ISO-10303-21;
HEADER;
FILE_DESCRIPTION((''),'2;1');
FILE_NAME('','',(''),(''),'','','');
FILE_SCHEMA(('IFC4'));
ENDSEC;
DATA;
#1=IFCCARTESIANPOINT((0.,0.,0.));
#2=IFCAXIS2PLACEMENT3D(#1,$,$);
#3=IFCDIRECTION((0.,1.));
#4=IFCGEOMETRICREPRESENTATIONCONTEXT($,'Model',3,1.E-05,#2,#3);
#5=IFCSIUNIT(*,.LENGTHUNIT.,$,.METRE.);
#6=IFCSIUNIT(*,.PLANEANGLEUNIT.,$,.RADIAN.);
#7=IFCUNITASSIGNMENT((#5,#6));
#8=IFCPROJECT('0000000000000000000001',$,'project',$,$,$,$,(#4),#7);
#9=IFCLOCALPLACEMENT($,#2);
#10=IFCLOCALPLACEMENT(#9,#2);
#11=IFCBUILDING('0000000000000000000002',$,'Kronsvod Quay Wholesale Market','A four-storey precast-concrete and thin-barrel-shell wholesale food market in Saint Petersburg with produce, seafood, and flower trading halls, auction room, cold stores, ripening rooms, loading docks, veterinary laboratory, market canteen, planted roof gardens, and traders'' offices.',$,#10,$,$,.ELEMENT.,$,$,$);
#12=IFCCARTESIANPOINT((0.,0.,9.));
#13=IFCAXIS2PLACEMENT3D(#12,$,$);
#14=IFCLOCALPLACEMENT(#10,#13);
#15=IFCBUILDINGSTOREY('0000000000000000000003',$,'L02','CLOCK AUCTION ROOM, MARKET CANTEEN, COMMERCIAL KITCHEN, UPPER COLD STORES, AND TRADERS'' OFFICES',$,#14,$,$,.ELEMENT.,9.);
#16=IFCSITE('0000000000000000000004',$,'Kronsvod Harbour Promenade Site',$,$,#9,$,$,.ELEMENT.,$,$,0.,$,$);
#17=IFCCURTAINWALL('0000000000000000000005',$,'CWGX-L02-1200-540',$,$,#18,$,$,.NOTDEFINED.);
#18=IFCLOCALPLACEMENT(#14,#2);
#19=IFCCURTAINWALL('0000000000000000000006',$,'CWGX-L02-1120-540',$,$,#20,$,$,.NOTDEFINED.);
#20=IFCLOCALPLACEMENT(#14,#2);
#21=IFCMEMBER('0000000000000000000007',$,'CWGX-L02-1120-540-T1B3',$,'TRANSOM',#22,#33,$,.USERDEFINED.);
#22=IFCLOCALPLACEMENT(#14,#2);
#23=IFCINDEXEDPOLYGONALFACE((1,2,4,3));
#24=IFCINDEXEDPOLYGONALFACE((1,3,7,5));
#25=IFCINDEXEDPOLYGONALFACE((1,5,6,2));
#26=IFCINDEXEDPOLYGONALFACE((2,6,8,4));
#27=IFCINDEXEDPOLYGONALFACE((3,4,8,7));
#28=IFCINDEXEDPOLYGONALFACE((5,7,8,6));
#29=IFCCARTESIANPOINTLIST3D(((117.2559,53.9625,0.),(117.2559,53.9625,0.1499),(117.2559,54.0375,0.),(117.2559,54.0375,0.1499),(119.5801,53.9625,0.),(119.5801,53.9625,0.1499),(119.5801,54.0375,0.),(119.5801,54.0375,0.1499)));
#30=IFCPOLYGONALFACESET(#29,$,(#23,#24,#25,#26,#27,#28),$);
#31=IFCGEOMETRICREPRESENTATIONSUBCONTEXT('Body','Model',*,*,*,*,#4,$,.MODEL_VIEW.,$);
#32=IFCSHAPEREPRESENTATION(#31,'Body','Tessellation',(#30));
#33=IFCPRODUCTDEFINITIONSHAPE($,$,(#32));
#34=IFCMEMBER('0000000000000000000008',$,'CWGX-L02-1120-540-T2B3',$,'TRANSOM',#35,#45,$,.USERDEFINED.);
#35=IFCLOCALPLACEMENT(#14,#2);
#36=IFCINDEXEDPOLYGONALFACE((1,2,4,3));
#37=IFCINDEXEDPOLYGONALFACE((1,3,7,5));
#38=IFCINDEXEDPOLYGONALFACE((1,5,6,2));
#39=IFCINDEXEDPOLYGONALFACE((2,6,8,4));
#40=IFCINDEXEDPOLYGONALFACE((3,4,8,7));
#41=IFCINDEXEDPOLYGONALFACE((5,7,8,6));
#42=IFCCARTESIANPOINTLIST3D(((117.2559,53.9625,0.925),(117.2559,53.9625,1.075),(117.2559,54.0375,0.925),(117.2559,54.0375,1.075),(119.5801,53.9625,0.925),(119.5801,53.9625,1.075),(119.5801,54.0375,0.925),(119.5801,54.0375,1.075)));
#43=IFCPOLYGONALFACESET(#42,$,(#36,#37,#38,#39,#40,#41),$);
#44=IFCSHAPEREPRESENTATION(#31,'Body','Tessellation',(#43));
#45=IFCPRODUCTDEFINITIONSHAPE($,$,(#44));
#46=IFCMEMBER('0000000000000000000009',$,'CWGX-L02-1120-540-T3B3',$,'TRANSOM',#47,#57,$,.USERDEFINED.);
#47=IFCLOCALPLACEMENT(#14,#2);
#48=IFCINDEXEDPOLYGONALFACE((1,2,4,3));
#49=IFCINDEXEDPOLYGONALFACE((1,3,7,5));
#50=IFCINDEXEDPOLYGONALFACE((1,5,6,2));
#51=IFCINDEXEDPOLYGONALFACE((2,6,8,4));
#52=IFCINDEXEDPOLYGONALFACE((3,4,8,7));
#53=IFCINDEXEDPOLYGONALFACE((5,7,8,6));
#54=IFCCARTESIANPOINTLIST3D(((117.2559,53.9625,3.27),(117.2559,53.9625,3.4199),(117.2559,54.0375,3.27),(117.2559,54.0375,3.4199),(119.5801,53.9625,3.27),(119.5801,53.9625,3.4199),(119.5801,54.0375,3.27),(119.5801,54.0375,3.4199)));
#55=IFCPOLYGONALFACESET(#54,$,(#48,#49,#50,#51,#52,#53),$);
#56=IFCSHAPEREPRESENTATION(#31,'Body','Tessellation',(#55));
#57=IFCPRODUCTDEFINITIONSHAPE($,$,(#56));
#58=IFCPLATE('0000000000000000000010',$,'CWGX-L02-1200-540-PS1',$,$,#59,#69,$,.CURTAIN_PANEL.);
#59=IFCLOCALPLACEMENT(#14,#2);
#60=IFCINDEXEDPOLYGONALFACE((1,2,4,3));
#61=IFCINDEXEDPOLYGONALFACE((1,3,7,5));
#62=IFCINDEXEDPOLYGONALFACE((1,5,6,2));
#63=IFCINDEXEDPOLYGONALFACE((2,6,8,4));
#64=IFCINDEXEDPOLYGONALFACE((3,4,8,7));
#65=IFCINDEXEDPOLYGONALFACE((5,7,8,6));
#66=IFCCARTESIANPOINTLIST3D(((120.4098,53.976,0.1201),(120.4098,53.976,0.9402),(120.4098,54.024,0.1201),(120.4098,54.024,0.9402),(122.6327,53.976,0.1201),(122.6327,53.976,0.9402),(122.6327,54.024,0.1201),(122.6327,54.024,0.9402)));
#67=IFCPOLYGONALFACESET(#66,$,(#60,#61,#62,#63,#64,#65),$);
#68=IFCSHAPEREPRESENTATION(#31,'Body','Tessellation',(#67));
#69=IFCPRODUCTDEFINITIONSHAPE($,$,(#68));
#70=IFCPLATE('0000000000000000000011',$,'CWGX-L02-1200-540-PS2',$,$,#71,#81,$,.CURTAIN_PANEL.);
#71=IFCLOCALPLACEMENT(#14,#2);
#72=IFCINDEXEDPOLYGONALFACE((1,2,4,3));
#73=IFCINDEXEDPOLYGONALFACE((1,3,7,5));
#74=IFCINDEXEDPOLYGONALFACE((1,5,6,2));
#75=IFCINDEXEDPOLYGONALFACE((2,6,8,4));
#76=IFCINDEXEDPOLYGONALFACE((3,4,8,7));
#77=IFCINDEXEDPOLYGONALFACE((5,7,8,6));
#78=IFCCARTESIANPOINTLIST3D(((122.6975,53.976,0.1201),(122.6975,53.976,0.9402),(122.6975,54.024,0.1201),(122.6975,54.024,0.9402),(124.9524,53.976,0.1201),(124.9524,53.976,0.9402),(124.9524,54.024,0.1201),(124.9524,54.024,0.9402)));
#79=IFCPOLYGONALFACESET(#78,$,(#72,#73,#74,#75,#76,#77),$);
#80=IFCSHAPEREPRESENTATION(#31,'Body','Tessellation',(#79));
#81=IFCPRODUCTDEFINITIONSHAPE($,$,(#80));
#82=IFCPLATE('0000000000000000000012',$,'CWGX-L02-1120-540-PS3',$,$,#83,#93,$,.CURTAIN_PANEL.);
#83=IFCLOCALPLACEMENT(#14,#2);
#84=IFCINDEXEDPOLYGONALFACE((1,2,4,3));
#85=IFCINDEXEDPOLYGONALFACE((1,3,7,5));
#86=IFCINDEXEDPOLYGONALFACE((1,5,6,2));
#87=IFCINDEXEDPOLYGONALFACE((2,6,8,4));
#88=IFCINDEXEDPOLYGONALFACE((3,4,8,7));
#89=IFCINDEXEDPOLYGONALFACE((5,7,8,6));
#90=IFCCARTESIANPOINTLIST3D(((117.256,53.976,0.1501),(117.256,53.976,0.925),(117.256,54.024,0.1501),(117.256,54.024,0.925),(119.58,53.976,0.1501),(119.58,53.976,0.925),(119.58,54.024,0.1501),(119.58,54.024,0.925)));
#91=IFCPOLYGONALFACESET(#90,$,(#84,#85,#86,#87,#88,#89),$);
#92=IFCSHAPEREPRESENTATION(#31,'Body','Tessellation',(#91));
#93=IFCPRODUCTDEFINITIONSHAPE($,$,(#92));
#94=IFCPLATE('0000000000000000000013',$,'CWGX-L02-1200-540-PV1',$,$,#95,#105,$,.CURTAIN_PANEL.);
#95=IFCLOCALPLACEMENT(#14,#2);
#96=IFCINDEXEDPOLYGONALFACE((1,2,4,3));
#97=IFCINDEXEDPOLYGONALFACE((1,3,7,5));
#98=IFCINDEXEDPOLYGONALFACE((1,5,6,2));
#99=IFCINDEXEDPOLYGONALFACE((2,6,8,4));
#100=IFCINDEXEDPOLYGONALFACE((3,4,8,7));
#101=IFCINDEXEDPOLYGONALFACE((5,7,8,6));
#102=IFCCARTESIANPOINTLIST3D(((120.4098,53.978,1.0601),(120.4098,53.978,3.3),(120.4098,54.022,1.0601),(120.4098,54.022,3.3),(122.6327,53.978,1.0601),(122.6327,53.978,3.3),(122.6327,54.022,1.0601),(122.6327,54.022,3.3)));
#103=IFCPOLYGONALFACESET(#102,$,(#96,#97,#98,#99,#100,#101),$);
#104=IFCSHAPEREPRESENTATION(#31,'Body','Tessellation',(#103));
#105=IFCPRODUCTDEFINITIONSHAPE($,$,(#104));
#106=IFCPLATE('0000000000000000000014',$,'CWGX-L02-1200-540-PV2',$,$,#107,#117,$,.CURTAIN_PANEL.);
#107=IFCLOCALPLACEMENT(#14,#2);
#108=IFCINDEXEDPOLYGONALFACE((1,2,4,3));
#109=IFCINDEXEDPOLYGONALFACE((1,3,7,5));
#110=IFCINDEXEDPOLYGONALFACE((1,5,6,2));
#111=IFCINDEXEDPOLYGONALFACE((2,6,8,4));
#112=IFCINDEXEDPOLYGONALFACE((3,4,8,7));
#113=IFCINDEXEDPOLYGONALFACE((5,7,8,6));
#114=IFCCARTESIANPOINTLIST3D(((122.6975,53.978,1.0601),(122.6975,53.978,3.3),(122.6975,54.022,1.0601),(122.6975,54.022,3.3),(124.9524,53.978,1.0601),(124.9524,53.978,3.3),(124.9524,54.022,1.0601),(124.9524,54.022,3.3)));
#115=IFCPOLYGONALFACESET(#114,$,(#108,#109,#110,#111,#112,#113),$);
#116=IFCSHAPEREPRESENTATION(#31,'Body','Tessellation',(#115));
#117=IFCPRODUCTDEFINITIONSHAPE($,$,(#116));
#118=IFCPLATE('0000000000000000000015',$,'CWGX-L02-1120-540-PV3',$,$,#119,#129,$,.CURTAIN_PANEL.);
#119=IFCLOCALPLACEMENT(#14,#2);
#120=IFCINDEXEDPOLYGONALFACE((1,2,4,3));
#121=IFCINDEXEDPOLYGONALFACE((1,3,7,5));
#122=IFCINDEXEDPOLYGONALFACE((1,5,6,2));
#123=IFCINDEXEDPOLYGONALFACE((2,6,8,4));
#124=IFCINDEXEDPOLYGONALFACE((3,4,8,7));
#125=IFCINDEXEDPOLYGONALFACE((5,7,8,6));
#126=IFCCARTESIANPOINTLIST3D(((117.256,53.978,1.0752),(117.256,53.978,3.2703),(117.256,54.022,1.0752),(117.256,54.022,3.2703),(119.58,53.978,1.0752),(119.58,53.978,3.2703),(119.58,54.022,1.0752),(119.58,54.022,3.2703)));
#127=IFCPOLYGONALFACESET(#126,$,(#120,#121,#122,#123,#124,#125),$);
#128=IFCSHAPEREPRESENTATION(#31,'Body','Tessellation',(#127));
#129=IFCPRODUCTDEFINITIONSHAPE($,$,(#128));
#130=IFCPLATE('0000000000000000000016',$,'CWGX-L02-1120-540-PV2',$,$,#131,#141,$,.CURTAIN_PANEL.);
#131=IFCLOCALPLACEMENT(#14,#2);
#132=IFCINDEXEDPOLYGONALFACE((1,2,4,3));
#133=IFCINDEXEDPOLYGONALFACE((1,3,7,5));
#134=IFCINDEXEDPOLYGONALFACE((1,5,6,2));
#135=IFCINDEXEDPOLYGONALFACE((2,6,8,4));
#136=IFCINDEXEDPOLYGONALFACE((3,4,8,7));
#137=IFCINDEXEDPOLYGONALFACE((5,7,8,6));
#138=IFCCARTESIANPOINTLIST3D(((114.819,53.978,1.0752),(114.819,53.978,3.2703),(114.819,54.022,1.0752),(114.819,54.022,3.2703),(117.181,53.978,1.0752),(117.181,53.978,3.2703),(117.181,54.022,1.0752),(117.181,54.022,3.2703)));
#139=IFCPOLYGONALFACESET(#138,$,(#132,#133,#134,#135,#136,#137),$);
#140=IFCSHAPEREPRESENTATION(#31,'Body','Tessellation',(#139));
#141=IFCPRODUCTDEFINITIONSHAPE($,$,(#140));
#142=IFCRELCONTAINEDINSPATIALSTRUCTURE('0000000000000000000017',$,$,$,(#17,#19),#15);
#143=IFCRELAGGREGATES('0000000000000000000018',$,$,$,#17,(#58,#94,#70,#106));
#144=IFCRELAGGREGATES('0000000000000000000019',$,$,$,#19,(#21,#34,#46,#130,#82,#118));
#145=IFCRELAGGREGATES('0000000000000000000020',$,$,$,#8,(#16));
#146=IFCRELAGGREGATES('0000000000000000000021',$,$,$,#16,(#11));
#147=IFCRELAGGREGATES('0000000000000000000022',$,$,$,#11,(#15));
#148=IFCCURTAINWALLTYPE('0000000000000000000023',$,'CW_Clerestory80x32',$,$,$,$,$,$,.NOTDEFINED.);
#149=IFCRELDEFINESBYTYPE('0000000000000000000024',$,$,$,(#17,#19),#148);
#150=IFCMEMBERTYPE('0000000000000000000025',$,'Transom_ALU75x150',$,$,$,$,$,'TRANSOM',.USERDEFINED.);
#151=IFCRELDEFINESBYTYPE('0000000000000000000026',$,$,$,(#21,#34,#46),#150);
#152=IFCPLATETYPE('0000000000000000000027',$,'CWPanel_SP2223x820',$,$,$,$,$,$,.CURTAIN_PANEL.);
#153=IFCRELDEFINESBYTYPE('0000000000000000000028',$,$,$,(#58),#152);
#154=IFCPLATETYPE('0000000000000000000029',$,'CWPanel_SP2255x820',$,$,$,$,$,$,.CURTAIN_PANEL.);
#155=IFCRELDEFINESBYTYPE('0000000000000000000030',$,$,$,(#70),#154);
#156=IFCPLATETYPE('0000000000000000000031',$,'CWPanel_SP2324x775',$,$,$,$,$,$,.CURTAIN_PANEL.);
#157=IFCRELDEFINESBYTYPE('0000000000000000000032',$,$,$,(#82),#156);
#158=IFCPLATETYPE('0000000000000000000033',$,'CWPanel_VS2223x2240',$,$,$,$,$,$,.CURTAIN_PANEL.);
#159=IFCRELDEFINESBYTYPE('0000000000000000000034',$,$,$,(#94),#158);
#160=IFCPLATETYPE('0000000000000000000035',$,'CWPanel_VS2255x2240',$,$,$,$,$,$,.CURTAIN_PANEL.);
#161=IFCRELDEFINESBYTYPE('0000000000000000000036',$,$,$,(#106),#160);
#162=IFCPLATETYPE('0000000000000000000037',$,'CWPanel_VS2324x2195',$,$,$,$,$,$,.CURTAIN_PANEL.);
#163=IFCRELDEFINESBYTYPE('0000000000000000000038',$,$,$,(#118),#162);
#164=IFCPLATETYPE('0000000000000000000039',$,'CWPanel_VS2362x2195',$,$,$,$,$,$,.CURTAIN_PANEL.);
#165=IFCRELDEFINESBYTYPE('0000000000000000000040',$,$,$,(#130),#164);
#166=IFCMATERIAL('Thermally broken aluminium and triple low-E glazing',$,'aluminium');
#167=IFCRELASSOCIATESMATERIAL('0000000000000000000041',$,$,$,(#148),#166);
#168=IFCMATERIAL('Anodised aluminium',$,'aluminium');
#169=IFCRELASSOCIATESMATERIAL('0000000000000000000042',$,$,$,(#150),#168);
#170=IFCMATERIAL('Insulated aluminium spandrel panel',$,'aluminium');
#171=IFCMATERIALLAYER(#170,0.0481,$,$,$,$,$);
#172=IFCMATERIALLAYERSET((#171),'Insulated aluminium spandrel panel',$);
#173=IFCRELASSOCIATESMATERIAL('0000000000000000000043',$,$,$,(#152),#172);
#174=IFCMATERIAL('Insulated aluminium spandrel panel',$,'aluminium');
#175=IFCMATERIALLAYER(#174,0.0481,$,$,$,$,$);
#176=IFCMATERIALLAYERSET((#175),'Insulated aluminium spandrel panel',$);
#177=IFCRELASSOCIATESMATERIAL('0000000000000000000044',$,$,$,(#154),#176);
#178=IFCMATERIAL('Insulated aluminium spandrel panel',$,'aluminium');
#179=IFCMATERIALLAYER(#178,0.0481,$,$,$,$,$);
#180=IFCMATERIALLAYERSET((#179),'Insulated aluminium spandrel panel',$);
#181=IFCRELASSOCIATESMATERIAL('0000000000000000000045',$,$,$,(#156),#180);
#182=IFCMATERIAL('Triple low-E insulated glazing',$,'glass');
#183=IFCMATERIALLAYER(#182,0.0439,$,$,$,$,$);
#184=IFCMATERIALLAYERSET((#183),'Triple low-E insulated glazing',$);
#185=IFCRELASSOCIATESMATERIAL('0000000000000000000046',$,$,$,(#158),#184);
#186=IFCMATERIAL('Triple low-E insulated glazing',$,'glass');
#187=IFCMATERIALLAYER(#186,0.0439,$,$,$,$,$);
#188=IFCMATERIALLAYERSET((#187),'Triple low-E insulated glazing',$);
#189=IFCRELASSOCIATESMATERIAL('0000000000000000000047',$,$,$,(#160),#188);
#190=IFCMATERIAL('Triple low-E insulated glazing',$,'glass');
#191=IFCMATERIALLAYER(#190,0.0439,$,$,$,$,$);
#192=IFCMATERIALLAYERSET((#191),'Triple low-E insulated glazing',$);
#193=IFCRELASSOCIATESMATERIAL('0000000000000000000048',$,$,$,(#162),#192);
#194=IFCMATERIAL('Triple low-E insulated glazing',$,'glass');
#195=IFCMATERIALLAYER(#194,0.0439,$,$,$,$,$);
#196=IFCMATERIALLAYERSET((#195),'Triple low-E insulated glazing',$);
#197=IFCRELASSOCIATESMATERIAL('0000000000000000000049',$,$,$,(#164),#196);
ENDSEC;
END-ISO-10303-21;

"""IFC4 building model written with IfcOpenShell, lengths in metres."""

from ifc_helpers import new_model, si_unit, direction, frame, origin, origin_2d, place, context, subcontext, project, spatial, rectangle, extrude, material, layer, layer_set, material_profile, profile_set, type_object, element, aggregate, save


model = new_model("IFC4")

# Units and contexts
model_context = context("Model", 3, precision=1e-05, world=origin(), true_north=direction((0.0, 1.0)))
body_context = subcontext(model_context, "Body", "Model", "MODEL_VIEW")
ifc_project = project(units=[si_unit("LENGTHUNIT", "METRE"), si_unit("PLANEANGLEUNIT", "RADIAN")], contexts=[model_context])

# Site, building, storey
site_placement = place(None, origin())
site = spatial("IfcSite", under=ifc_project, at=site_placement, Name="Kronsvod Harbour Promenade Site", CompositionType="ELEMENT", RefElevation=0.0)
building_placement = place(site_placement, origin())
building = spatial("IfcBuilding", under=site, at=building_placement, Name="Kronsvod Quay Wholesale Market", Description="A four-storey precast-concrete and thin-barrel-shell wholesale food market in Saint Petersburg with produce, seafood, and flower trading halls, auction room, cold stores, ripening rooms, loading docks, veterinary laboratory, market canteen, planted roof gardens, and traders' offices.", CompositionType="ELEMENT")
storey_placement = place(building_placement, frame((0.0, 0.0, 9.0)))
storey = spatial("IfcBuildingStorey", under=building, at=storey_placement, Name="L02", Description="CLOCK AUCTION ROOM, MARKET CANTEEN, COMMERCIAL KITCHEN, UPPER COLD STORES, AND TRADERS' OFFICES", CompositionType="ELEMENT", Elevation=9.0)

# Curtain walls
ifc_material_1 = material(Name="Thermally broken aluminium and triple low-E glazing", Category="aluminium")
curtain_wall_type = type_object("IfcCurtainWallType", Name="CW_Clerestory80x32", PredefinedType="NOTDEFINED", material=ifc_material_1)
curtain_wall_1_placement = place(storey_placement, origin())
curtain_wall_1 = element("IfcCurtainWall", 1, at=curtain_wall_1_placement, inside=storey, type_object=curtain_wall_type, Name="CWGX-L02-1200-540", PredefinedType="NOTDEFINED")
curtain_wall_2_placement = place(storey_placement, origin())
curtain_wall_2 = element("IfcCurtainWall", 2, at=curtain_wall_2_placement, inside=storey, type_object=curtain_wall_type, Name="CWGX-L02-1120-540", PredefinedType="NOTDEFINED")

# Members
ifc_material_2 = material(Name="Anodised aluminium", Category="aluminium")
ifc_material_profile_1 = material_profile(ifc_material_2, rectangle(XDim=0.075, YDim=0.1499, at=origin_2d()), Name="ALUT75x150")
ifc_profile_set_1 = profile_set([ifc_material_profile_1], Name="Anodised aluminium")
member_type_1 = type_object("IfcMemberType", Name="Transom_ALU75x150", ElementType="TRANSOM", PredefinedType="USERDEFINED", material=ifc_profile_set_1)
member_1_placement = place(storey_placement, frame((117.2559, 54.0, 0.075), z_axis=(1.0, 0.0, 0.0), x_axis=(0.0, 1.0, 0.0)))
member_1 = element("IfcMember", 3, at=member_1_placement, type_object=member_type_1, Name="CWGX-L02-1120-540-T1B3", ObjectType="TRANSOM", PredefinedType="USERDEFINED", context=body_context, shape_type="SweptSolid", body=[
    extrude(rectangle(XDim=0.075, YDim=0.1499, at=origin_2d()), origin(), (0.0, 0.0, 1.0), 2.3242),
])
member_2_placement = place(storey_placement, frame((117.2559, 54.0, 1.0), z_axis=(1.0, 0.0, 0.0), x_axis=(0.0, 1.0, 0.0)))
member_2 = element("IfcMember", 4, at=member_2_placement, type_object=member_type_1, Name="CWGX-L02-1120-540-T2B3", ObjectType="TRANSOM", PredefinedType="USERDEFINED", context=body_context, shape_type="SweptSolid", body=[
    extrude(rectangle(XDim=0.075, YDim=0.1499, at=origin_2d()), origin(), (0.0, 0.0, 1.0), 2.3242),
])
member_3_placement = place(storey_placement, frame((117.2559, 54.0, 3.345), z_axis=(1.0, 0.0, 0.0), x_axis=(0.0, 1.0, 0.0)))
member_3 = element("IfcMember", 5, at=member_3_placement, type_object=member_type_1, Name="CWGX-L02-1120-540-T3B3", ObjectType="TRANSOM", PredefinedType="USERDEFINED", context=body_context, shape_type="SweptSolid", body=[
    extrude(rectangle(XDim=0.075, YDim=0.1499, at=origin_2d()), origin(), (0.0, 0.0, 1.0), 2.3242),
])

# Plates
ifc_material_3 = material(Name="Insulated aluminium spandrel panel", Category="aluminium")
ifc_layer_1 = layer(ifc_material_3, 0.0481)
ifc_layer_set_1 = layer_set([ifc_layer_1], Name="Insulated aluminium spandrel panel")
plate_type_1 = type_object("IfcPlateType", Name="CWPanel_SP2223x820", PredefinedType="CURTAIN_PANEL", material=ifc_layer_set_1)
plate_1_placement = place(storey_placement, frame((121.5212, 54.0, 0.1201), z_axis=(0.0, 0.0, 1.0), x_axis=(1.0, 0.0, 0.0)))
plate_1 = element("IfcPlate", 6, at=plate_1_placement, type_object=plate_type_1, Name="CWGX-L02-1200-540-PS1", PredefinedType="CURTAIN_PANEL", context=body_context, shape_type="SweptSolid", body=[
    extrude(rectangle(XDim=2.2229, YDim=0.0481, at=origin_2d()), origin(), (0.0, 0.0, 1.0), 0.8201),
])
ifc_material_4 = material(Name="Insulated aluminium spandrel panel", Category="aluminium")
ifc_layer_2 = layer(ifc_material_4, 0.0481)
ifc_layer_set_2 = layer_set([ifc_layer_2], Name="Insulated aluminium spandrel panel")
plate_type_2 = type_object("IfcPlateType", Name="CWPanel_SP2255x820", PredefinedType="CURTAIN_PANEL", material=ifc_layer_set_2)
plate_2_placement = place(storey_placement, frame((123.825, 54.0, 0.1201), z_axis=(0.0, 0.0, 1.0), x_axis=(1.0, 0.0, 0.0)))
plate_2 = element("IfcPlate", 7, at=plate_2_placement, type_object=plate_type_2, Name="CWGX-L02-1200-540-PS2", PredefinedType="CURTAIN_PANEL", context=body_context, shape_type="SweptSolid", body=[
    extrude(rectangle(XDim=2.2549, YDim=0.0481, at=origin_2d()), origin(), (0.0, 0.0, 1.0), 0.8201),
])
ifc_material_5 = material(Name="Insulated aluminium spandrel panel", Category="aluminium")
ifc_layer_3 = layer(ifc_material_5, 0.0481)
ifc_layer_set_3 = layer_set([ifc_layer_3], Name="Insulated aluminium spandrel panel")
plate_type_3 = type_object("IfcPlateType", Name="CWPanel_SP2324x775", PredefinedType="CURTAIN_PANEL", material=ifc_layer_set_3)
plate_3_placement = place(storey_placement, frame((118.418, 54.0, 0.1501), z_axis=(0.0, 0.0, 1.0), x_axis=(1.0, 0.0, 0.0)))
plate_3 = element("IfcPlate", 8, at=plate_3_placement, type_object=plate_type_3, Name="CWGX-L02-1120-540-PS3", PredefinedType="CURTAIN_PANEL", context=body_context, shape_type="SweptSolid", body=[
    extrude(rectangle(XDim=2.324, YDim=0.0481, at=origin_2d()), origin(), (0.0, 0.0, 1.0), 0.7749),
])
ifc_material_6 = material(Name="Triple low-E insulated glazing", Category="glass")
ifc_layer_4 = layer(ifc_material_6, 0.0439)
ifc_layer_set_4 = layer_set([ifc_layer_4], Name="Triple low-E insulated glazing")
plate_type_4 = type_object("IfcPlateType", Name="CWPanel_VS2223x2240", PredefinedType="CURTAIN_PANEL", material=ifc_layer_set_4)
plate_4_placement = place(storey_placement, frame((121.5212, 54.0, 1.0601), z_axis=(0.0, 0.0, 1.0), x_axis=(1.0, 0.0, 0.0)))
plate_4 = element("IfcPlate", 9, at=plate_4_placement, type_object=plate_type_4, Name="CWGX-L02-1200-540-PV1", PredefinedType="CURTAIN_PANEL", context=body_context, shape_type="SweptSolid", body=[
    extrude(rectangle(XDim=2.2229, YDim=0.0439, at=origin_2d()), origin(), (0.0, 0.0, 1.0), 2.24),
])
ifc_material_7 = material(Name="Triple low-E insulated glazing", Category="glass")
ifc_layer_5 = layer(ifc_material_7, 0.0439)
ifc_layer_set_5 = layer_set([ifc_layer_5], Name="Triple low-E insulated glazing")
plate_type_5 = type_object("IfcPlateType", Name="CWPanel_VS2255x2240", PredefinedType="CURTAIN_PANEL", material=ifc_layer_set_5)
plate_5_placement = place(storey_placement, frame((123.825, 54.0, 1.0601), z_axis=(0.0, 0.0, 1.0), x_axis=(1.0, 0.0, 0.0)))
plate_5 = element("IfcPlate", 10, at=plate_5_placement, type_object=plate_type_5, Name="CWGX-L02-1200-540-PV2", PredefinedType="CURTAIN_PANEL", context=body_context, shape_type="SweptSolid", body=[
    extrude(rectangle(XDim=2.2549, YDim=0.0439, at=origin_2d()), origin(), (0.0, 0.0, 1.0), 2.24),
])
aggregate(curtain_wall_1, [plate_1, plate_4, plate_2, plate_5])
ifc_material_8 = material(Name="Triple low-E insulated glazing", Category="glass")
ifc_layer_6 = layer(ifc_material_8, 0.0439)
ifc_layer_set_6 = layer_set([ifc_layer_6], Name="Triple low-E insulated glazing")
plate_type_6 = type_object("IfcPlateType", Name="CWPanel_VS2324x2195", PredefinedType="CURTAIN_PANEL", material=ifc_layer_set_6)
plate_6_placement = place(storey_placement, frame((118.418, 54.0, 1.0752), z_axis=(0.0, 0.0, 1.0), x_axis=(1.0, 0.0, 0.0)))
plate_6 = element("IfcPlate", 11, at=plate_6_placement, type_object=plate_type_6, Name="CWGX-L02-1120-540-PV3", PredefinedType="CURTAIN_PANEL", context=body_context, shape_type="SweptSolid", body=[
    extrude(rectangle(XDim=2.324, YDim=0.0439, at=origin_2d()), origin(), (0.0, 0.0, 1.0), 2.1951),
])
ifc_material_9 = material(Name="Triple low-E insulated glazing", Category="glass")
ifc_layer_7 = layer(ifc_material_9, 0.0439)
ifc_layer_set_7 = layer_set([ifc_layer_7], Name="Triple low-E insulated glazing")
plate_type_7 = type_object("IfcPlateType", Name="CWPanel_VS2362x2195", PredefinedType="CURTAIN_PANEL", material=ifc_layer_set_7)
plate_7_placement = place(storey_placement, frame((116.0, 54.0, 1.0752), z_axis=(0.0, 0.0, 1.0), x_axis=(1.0, 0.0, 0.0)))
plate_7 = element("IfcPlate", 12, at=plate_7_placement, type_object=plate_type_7, Name="CWGX-L02-1120-540-PV2", PredefinedType="CURTAIN_PANEL", context=body_context, shape_type="SweptSolid", body=[
    extrude(rectangle(XDim=2.3621, YDim=0.0439, at=origin_2d()), origin(), (0.0, 0.0, 1.0), 2.1951),
])
aggregate(curtain_wall_2, [member_1, member_2, member_3, plate_7, plate_3, plate_6])

save(model, "model.ifc")
